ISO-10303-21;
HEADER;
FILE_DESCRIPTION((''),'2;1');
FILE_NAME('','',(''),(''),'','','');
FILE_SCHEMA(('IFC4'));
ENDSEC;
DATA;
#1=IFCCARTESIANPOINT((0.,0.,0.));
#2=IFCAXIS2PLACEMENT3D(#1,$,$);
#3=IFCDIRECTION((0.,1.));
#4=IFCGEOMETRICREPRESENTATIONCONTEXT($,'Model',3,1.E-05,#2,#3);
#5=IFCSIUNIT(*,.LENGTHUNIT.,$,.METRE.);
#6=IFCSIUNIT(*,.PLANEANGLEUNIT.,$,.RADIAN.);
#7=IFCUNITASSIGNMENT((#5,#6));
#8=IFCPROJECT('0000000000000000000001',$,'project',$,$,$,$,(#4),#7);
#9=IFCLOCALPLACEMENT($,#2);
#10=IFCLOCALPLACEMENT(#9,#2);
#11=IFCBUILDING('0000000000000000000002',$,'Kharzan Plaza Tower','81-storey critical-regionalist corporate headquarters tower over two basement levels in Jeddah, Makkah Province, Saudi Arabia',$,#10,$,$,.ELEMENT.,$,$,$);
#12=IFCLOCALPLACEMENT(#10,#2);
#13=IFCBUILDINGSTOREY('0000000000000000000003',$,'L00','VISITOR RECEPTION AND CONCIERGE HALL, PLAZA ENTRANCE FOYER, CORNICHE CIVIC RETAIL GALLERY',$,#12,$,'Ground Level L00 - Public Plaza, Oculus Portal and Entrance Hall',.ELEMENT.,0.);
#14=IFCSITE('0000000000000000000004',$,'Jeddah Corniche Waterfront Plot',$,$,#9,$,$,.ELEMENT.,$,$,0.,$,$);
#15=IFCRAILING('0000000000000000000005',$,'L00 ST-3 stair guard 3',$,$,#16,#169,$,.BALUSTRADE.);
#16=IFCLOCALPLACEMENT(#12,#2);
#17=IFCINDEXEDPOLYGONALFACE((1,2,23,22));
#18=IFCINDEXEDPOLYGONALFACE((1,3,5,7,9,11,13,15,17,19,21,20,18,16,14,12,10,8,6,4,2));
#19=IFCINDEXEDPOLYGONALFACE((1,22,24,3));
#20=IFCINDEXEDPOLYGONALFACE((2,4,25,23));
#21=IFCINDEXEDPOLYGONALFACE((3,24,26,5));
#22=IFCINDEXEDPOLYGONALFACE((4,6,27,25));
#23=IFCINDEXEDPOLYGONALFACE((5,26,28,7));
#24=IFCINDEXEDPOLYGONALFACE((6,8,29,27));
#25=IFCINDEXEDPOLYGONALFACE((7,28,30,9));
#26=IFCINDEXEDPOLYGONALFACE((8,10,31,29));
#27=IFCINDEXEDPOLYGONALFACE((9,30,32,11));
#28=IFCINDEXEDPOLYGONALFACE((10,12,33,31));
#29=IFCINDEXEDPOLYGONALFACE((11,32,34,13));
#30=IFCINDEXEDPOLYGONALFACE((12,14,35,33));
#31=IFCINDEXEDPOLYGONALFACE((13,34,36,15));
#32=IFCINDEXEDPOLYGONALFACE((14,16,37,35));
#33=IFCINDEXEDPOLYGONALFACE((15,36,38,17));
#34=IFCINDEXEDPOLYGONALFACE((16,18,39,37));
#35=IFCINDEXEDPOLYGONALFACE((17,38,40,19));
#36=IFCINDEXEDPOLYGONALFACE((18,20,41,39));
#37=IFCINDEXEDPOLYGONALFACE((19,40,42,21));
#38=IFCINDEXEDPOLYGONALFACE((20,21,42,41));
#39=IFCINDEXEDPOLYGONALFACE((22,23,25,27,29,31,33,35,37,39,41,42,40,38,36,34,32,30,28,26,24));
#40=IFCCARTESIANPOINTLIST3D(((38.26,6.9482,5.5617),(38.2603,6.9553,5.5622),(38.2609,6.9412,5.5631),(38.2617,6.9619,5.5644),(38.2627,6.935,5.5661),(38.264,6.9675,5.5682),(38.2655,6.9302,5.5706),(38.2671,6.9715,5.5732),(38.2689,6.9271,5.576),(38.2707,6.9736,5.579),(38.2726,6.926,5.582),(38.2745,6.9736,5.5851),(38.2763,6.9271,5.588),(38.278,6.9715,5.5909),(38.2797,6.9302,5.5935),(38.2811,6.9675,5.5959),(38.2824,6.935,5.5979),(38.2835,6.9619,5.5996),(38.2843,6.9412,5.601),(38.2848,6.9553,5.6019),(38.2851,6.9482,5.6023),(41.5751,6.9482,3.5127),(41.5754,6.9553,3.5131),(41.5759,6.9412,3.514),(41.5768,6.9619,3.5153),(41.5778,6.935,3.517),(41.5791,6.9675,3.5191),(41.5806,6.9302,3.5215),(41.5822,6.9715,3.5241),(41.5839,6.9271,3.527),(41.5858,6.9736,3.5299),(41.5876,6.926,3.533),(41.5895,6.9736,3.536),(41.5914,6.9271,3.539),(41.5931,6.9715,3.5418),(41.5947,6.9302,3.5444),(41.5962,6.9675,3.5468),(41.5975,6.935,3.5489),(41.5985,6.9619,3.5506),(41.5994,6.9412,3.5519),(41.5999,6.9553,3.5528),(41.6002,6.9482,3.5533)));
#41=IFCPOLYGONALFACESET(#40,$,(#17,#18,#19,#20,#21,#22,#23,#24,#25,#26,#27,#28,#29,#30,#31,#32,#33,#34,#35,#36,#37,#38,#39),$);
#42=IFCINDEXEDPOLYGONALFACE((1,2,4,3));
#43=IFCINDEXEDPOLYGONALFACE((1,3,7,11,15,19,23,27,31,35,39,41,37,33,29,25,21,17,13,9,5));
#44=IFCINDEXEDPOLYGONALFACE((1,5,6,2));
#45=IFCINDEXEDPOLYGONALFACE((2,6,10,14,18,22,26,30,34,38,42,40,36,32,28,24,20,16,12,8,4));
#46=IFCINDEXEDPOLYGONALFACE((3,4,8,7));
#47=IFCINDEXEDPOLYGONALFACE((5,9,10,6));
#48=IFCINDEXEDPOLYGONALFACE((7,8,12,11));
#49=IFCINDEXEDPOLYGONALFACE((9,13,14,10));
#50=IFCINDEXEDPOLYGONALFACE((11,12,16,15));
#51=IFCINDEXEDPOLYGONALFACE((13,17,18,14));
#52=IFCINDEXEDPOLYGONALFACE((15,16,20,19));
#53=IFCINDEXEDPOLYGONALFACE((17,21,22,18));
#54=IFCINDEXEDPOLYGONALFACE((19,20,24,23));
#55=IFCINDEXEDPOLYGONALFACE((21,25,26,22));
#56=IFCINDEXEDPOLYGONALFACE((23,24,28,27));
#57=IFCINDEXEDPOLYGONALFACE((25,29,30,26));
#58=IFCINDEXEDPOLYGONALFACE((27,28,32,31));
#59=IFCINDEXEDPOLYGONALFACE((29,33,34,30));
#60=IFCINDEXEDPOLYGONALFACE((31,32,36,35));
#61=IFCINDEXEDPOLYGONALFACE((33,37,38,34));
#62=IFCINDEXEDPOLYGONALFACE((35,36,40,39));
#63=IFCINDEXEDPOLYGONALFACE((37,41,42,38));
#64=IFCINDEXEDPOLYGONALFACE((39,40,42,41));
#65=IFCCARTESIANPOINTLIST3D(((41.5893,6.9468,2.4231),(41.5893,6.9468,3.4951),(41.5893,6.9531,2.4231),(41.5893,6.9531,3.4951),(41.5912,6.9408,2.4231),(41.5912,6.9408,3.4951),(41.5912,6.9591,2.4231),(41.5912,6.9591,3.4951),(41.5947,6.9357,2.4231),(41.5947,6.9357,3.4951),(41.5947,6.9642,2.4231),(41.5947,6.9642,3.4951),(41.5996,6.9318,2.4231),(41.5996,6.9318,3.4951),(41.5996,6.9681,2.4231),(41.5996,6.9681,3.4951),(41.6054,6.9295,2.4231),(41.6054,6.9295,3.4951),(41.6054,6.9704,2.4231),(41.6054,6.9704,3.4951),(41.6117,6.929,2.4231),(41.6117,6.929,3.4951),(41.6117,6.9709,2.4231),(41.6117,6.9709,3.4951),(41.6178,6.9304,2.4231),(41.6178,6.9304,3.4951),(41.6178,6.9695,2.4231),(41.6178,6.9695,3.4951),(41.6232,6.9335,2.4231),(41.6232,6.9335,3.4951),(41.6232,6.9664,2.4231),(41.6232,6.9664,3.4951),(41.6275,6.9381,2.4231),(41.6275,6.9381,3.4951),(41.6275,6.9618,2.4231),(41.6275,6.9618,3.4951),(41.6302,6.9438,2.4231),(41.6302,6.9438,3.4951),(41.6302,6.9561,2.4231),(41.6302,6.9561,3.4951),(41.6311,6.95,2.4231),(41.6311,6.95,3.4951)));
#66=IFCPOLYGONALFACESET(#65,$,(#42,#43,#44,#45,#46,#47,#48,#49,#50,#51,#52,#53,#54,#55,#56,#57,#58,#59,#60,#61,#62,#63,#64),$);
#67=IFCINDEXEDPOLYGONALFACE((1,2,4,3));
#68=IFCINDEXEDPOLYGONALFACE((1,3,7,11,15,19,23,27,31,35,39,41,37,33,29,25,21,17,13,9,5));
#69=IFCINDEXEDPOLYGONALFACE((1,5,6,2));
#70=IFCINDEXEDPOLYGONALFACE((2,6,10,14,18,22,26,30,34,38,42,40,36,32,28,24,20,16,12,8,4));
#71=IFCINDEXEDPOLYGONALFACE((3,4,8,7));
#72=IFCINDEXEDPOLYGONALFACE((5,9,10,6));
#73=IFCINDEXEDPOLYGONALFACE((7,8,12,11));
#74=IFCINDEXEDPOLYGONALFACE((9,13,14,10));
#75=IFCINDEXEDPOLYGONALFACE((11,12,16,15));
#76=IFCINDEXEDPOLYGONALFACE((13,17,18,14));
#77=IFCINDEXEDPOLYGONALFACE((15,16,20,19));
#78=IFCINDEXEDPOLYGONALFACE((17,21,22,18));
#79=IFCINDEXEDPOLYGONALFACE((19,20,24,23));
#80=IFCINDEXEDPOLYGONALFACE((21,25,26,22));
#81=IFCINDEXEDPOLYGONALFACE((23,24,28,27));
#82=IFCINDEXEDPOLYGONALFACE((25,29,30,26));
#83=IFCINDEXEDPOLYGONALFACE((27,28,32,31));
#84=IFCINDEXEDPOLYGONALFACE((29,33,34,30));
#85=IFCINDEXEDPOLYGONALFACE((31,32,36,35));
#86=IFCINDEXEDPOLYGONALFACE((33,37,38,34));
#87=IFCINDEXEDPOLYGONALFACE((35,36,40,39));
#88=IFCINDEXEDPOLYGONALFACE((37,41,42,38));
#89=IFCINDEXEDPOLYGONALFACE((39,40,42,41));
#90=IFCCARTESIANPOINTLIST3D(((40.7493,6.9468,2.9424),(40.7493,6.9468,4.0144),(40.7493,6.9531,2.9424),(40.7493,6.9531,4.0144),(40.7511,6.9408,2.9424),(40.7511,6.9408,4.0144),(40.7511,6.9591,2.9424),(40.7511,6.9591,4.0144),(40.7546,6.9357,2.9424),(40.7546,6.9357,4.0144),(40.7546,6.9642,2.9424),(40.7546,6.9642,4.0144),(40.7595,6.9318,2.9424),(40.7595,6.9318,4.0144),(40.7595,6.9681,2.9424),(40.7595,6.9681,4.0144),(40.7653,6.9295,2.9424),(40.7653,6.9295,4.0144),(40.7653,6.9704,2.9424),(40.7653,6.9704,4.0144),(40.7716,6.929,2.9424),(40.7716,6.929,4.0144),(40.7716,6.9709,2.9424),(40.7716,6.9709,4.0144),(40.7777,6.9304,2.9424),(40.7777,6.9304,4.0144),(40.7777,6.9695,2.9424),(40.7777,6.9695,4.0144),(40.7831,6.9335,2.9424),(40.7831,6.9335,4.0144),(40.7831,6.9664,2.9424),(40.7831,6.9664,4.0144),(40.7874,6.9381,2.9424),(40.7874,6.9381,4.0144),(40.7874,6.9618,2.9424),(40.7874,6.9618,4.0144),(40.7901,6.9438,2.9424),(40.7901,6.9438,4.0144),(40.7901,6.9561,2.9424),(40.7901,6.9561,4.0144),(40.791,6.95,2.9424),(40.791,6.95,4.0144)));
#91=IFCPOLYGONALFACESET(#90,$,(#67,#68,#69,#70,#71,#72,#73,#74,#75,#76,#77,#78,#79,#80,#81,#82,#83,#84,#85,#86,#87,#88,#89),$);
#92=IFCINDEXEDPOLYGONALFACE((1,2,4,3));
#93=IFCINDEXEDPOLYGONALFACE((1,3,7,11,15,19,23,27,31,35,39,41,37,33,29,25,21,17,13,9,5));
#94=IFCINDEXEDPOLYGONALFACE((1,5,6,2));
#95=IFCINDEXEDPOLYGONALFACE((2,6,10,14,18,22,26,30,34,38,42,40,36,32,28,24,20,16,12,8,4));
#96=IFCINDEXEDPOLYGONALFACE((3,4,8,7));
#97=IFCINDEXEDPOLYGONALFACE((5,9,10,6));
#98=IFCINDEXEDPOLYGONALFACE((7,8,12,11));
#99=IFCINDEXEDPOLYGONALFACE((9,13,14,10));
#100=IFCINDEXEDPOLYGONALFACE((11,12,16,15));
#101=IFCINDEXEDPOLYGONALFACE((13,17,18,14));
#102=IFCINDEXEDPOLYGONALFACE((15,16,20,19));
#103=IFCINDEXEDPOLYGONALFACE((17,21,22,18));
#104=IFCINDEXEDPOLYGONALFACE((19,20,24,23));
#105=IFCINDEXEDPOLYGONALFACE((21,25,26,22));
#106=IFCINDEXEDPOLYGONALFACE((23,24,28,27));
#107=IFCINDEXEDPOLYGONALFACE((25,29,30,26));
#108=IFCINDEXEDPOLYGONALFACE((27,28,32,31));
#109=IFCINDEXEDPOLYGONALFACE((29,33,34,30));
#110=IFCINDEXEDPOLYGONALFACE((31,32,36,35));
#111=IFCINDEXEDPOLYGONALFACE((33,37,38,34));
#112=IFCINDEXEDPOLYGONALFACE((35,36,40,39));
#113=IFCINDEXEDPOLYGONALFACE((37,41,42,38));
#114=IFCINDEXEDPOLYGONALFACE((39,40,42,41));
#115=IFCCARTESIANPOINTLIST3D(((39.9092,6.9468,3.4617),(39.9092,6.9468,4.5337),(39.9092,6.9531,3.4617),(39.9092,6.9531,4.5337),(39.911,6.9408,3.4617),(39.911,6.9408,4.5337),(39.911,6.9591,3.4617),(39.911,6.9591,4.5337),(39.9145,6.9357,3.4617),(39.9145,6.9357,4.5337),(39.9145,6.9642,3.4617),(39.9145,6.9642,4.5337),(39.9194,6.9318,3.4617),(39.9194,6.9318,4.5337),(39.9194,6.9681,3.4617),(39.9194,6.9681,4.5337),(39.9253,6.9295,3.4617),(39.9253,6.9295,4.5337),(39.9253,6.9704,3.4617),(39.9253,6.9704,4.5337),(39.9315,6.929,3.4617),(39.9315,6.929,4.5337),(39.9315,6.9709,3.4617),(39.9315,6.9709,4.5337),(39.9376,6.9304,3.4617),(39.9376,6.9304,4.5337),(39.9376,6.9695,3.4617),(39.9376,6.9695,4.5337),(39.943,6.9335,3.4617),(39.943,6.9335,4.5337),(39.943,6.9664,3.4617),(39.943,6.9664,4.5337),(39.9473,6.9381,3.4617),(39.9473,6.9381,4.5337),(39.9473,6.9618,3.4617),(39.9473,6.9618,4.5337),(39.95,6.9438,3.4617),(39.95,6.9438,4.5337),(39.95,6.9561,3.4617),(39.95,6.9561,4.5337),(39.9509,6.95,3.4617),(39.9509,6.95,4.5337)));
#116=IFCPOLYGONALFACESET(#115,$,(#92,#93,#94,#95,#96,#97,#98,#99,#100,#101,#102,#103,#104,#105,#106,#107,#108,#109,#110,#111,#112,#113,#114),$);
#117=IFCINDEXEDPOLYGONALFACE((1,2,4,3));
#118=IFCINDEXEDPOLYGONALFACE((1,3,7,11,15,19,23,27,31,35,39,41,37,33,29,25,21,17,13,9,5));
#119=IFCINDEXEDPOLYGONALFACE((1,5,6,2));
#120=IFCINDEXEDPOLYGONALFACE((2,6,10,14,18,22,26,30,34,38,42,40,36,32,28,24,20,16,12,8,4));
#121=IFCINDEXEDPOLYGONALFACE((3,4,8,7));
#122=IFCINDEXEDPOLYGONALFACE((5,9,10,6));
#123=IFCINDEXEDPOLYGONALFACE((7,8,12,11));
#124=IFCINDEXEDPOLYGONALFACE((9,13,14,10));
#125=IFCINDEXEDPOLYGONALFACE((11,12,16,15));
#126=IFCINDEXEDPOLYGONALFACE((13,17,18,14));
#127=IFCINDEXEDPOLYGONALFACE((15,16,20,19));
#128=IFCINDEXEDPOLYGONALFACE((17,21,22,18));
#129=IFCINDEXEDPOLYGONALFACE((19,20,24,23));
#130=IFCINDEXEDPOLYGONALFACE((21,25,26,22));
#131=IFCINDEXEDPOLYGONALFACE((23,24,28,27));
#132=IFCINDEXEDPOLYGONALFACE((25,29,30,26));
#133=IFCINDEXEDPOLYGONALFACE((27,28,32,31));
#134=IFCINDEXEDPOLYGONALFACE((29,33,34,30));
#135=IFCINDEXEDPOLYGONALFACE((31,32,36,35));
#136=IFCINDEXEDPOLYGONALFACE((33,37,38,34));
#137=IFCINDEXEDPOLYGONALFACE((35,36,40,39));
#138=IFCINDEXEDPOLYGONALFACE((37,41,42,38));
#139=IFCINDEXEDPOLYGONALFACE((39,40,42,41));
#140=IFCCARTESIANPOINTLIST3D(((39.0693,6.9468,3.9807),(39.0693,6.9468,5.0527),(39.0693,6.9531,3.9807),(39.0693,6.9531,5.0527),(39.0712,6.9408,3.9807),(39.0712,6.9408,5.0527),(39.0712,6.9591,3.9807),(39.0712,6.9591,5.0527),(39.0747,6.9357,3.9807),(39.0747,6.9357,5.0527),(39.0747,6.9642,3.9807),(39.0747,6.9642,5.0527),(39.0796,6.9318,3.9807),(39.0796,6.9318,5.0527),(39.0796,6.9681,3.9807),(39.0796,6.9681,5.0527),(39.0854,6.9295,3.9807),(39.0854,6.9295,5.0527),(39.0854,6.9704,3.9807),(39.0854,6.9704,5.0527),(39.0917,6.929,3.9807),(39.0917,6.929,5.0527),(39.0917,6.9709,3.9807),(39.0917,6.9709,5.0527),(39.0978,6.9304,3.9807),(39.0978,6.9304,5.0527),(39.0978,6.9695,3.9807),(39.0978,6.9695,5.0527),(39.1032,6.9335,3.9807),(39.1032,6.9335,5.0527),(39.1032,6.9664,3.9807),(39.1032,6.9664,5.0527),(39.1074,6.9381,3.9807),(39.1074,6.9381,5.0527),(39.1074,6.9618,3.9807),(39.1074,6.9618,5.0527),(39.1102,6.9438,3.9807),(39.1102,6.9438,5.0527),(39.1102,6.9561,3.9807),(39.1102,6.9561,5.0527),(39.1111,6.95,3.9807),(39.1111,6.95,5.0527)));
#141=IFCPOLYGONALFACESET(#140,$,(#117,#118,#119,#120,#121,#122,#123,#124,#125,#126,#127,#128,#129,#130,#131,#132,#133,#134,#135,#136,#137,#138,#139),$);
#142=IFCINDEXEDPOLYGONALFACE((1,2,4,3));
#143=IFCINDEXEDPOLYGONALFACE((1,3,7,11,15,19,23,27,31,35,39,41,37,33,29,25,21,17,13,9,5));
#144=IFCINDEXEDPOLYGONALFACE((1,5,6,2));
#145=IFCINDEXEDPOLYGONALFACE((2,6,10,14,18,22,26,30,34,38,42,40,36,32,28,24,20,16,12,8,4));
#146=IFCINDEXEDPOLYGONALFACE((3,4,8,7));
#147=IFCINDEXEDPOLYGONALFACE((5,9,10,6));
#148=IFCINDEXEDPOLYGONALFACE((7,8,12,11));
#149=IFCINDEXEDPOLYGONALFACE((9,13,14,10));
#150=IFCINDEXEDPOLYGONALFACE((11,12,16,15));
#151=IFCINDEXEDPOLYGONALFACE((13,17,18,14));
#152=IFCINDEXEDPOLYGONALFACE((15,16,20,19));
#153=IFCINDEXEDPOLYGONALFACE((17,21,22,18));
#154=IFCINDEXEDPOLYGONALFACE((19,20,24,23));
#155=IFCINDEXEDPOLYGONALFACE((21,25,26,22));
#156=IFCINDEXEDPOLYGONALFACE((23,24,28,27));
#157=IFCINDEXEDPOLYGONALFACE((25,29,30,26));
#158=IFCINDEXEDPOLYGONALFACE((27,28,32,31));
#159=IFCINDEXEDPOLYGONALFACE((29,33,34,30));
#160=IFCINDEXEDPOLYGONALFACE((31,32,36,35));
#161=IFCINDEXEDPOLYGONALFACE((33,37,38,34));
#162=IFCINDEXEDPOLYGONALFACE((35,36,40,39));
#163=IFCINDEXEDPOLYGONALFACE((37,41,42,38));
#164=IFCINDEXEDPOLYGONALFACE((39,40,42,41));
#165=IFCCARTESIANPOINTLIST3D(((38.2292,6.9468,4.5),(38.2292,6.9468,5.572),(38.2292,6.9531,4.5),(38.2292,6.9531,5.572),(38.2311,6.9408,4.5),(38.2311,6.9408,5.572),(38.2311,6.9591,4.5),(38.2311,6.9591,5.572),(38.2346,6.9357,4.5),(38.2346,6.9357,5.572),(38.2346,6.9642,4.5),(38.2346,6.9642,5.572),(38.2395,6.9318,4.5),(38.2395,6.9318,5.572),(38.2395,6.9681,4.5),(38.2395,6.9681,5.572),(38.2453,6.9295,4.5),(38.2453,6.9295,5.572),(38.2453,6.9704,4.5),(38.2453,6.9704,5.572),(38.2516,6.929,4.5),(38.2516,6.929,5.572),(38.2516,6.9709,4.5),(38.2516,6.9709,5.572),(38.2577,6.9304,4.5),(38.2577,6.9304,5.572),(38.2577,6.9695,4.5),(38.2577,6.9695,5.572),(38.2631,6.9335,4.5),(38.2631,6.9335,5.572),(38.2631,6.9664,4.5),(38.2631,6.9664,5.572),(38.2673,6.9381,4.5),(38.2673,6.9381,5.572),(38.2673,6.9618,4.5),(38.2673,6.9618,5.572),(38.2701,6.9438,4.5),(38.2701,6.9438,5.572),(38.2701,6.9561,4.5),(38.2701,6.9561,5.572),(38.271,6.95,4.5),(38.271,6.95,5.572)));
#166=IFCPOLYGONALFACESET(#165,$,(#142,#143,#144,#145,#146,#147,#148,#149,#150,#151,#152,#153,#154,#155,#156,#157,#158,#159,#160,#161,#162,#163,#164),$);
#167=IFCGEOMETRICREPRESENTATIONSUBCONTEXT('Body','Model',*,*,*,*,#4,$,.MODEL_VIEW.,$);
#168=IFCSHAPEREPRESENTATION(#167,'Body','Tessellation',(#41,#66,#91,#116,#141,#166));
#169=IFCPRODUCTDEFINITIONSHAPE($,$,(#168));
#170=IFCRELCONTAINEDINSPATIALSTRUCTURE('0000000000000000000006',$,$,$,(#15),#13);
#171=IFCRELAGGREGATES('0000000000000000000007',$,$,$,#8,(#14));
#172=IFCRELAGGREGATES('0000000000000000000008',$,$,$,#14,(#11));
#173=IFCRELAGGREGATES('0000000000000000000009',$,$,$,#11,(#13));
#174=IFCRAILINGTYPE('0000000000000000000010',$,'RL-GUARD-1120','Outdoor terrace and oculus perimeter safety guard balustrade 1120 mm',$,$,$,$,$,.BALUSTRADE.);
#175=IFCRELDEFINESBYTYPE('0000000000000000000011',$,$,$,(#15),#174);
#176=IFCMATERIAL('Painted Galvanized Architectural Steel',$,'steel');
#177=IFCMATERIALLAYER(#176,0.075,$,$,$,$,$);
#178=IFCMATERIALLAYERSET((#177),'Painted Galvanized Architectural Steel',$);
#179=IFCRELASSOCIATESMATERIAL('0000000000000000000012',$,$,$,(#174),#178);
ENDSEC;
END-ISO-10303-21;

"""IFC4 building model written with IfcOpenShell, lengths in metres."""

from ifc_helpers import new_model, si_unit, direction, frame, origin, origin_2d, place, context, subcontext, project, spatial, circle, extrude, source, transform, mapped, material, layer, layer_set, type_object, element, save


model = new_model("IFC4")

# Units and contexts
model_context = context("Model", 3, precision=1e-05, world=origin(), true_north=direction((0.0, 1.0)))
body_context = subcontext(model_context, "Body", "Model", "MODEL_VIEW")
ifc_project = project(units=[si_unit("LENGTHUNIT", "METRE"), si_unit("PLANEANGLEUNIT", "RADIAN")], contexts=[model_context])

# Site, building, storey
site_placement = place(None, origin())
site = spatial("IfcSite", under=ifc_project, at=site_placement, Name="Jeddah Corniche Waterfront Plot", CompositionType="ELEMENT", RefElevation=0.0)
building_placement = place(site_placement, origin())
building = spatial("IfcBuilding", under=site, at=building_placement, Name="Kharzan Plaza Tower", Description="81-storey critical-regionalist corporate headquarters tower over two basement levels in Jeddah, Makkah Province, Saudi Arabia", CompositionType="ELEMENT")
storey_placement = place(building_placement, origin())
storey = spatial("IfcBuildingStorey", under=building, at=storey_placement, Name="L00", Description="VISITOR RECEPTION AND CONCIERGE HALL, PLAZA ENTRANCE FOYER, CORNICHE CIVIC RETAIL GALLERY", LongName="Ground Level L00 - Public Plaza, Oculus Portal and Entrance Hall", CompositionType="ELEMENT", Elevation=0.0)

# Railing
ifc_material_1 = material(Name="Painted Galvanized Architectural Steel", Category="steel")
ifc_layer_1 = layer(ifc_material_1, 0.075)
ifc_layer_set_1 = layer_set([ifc_layer_1], Name="Painted Galvanized Architectural Steel")
railing_type_1 = type_object("IfcRailingType", Name="RL-GUARD-1120", Description="Outdoor terrace and oculus perimeter safety guard balustrade 1120 mm", PredefinedType="BALUSTRADE", material=ifc_layer_set_1)
shared_shape_1 = source(origin(), body_context, "Body", "SweptSolid", [
    extrude(circle(Radius=0.0239, at=origin_2d()), frame((-0.0225, 0.0, 1.1099), z_axis=(-0.850623, 0.0, 0.525776), x_axis=(0.0, -1.0, 0.0)), (0.0, 0.0, 1.0), 3.8972),
    extrude(circle(Radius=0.021, at=origin_2d()), origin(), (0.0, 0.0, 1.0), 1.072),
    extrude(circle(Radius=0.021, at=origin_2d()), frame((-0.8401, 0.0, 0.5193)), (0.0, 0.0, 1.0), 1.072),
    extrude(circle(Radius=0.021, at=origin_2d()), frame((-1.6802, 0.0, 1.0386)), (0.0, 0.0, 1.0), 1.072),
    extrude(circle(Radius=0.021, at=origin_2d()), frame((-2.52, 0.0, 1.5576)), (0.0, 0.0, 1.0), 1.072),
    extrude(circle(Radius=0.021, at=origin_2d()), frame((-3.3601, 0.0, 2.0769)), (0.0, 0.0, 1.0), 1.072),
])
railing_1_placement = place(storey_placement, frame((41.6101, 6.95, 2.4231)))
element("IfcRailing", 1, at=railing_1_placement, inside=storey, type_object=railing_type_1, Name="L00 ST-3 stair guard 3", PredefinedType="BALUSTRADE", context=body_context, shape_type="MappedRepresentation", body=[
    mapped(shared_shape_1, transform((0.0, 0.0, 0.0), x_axis=(1.0, 0.0, 0.0), y_axis=(0.0, 1.0, 0.0), z_axis=(0.0, 0.0, 1.0))),
])

save(model, "model.ifc")
